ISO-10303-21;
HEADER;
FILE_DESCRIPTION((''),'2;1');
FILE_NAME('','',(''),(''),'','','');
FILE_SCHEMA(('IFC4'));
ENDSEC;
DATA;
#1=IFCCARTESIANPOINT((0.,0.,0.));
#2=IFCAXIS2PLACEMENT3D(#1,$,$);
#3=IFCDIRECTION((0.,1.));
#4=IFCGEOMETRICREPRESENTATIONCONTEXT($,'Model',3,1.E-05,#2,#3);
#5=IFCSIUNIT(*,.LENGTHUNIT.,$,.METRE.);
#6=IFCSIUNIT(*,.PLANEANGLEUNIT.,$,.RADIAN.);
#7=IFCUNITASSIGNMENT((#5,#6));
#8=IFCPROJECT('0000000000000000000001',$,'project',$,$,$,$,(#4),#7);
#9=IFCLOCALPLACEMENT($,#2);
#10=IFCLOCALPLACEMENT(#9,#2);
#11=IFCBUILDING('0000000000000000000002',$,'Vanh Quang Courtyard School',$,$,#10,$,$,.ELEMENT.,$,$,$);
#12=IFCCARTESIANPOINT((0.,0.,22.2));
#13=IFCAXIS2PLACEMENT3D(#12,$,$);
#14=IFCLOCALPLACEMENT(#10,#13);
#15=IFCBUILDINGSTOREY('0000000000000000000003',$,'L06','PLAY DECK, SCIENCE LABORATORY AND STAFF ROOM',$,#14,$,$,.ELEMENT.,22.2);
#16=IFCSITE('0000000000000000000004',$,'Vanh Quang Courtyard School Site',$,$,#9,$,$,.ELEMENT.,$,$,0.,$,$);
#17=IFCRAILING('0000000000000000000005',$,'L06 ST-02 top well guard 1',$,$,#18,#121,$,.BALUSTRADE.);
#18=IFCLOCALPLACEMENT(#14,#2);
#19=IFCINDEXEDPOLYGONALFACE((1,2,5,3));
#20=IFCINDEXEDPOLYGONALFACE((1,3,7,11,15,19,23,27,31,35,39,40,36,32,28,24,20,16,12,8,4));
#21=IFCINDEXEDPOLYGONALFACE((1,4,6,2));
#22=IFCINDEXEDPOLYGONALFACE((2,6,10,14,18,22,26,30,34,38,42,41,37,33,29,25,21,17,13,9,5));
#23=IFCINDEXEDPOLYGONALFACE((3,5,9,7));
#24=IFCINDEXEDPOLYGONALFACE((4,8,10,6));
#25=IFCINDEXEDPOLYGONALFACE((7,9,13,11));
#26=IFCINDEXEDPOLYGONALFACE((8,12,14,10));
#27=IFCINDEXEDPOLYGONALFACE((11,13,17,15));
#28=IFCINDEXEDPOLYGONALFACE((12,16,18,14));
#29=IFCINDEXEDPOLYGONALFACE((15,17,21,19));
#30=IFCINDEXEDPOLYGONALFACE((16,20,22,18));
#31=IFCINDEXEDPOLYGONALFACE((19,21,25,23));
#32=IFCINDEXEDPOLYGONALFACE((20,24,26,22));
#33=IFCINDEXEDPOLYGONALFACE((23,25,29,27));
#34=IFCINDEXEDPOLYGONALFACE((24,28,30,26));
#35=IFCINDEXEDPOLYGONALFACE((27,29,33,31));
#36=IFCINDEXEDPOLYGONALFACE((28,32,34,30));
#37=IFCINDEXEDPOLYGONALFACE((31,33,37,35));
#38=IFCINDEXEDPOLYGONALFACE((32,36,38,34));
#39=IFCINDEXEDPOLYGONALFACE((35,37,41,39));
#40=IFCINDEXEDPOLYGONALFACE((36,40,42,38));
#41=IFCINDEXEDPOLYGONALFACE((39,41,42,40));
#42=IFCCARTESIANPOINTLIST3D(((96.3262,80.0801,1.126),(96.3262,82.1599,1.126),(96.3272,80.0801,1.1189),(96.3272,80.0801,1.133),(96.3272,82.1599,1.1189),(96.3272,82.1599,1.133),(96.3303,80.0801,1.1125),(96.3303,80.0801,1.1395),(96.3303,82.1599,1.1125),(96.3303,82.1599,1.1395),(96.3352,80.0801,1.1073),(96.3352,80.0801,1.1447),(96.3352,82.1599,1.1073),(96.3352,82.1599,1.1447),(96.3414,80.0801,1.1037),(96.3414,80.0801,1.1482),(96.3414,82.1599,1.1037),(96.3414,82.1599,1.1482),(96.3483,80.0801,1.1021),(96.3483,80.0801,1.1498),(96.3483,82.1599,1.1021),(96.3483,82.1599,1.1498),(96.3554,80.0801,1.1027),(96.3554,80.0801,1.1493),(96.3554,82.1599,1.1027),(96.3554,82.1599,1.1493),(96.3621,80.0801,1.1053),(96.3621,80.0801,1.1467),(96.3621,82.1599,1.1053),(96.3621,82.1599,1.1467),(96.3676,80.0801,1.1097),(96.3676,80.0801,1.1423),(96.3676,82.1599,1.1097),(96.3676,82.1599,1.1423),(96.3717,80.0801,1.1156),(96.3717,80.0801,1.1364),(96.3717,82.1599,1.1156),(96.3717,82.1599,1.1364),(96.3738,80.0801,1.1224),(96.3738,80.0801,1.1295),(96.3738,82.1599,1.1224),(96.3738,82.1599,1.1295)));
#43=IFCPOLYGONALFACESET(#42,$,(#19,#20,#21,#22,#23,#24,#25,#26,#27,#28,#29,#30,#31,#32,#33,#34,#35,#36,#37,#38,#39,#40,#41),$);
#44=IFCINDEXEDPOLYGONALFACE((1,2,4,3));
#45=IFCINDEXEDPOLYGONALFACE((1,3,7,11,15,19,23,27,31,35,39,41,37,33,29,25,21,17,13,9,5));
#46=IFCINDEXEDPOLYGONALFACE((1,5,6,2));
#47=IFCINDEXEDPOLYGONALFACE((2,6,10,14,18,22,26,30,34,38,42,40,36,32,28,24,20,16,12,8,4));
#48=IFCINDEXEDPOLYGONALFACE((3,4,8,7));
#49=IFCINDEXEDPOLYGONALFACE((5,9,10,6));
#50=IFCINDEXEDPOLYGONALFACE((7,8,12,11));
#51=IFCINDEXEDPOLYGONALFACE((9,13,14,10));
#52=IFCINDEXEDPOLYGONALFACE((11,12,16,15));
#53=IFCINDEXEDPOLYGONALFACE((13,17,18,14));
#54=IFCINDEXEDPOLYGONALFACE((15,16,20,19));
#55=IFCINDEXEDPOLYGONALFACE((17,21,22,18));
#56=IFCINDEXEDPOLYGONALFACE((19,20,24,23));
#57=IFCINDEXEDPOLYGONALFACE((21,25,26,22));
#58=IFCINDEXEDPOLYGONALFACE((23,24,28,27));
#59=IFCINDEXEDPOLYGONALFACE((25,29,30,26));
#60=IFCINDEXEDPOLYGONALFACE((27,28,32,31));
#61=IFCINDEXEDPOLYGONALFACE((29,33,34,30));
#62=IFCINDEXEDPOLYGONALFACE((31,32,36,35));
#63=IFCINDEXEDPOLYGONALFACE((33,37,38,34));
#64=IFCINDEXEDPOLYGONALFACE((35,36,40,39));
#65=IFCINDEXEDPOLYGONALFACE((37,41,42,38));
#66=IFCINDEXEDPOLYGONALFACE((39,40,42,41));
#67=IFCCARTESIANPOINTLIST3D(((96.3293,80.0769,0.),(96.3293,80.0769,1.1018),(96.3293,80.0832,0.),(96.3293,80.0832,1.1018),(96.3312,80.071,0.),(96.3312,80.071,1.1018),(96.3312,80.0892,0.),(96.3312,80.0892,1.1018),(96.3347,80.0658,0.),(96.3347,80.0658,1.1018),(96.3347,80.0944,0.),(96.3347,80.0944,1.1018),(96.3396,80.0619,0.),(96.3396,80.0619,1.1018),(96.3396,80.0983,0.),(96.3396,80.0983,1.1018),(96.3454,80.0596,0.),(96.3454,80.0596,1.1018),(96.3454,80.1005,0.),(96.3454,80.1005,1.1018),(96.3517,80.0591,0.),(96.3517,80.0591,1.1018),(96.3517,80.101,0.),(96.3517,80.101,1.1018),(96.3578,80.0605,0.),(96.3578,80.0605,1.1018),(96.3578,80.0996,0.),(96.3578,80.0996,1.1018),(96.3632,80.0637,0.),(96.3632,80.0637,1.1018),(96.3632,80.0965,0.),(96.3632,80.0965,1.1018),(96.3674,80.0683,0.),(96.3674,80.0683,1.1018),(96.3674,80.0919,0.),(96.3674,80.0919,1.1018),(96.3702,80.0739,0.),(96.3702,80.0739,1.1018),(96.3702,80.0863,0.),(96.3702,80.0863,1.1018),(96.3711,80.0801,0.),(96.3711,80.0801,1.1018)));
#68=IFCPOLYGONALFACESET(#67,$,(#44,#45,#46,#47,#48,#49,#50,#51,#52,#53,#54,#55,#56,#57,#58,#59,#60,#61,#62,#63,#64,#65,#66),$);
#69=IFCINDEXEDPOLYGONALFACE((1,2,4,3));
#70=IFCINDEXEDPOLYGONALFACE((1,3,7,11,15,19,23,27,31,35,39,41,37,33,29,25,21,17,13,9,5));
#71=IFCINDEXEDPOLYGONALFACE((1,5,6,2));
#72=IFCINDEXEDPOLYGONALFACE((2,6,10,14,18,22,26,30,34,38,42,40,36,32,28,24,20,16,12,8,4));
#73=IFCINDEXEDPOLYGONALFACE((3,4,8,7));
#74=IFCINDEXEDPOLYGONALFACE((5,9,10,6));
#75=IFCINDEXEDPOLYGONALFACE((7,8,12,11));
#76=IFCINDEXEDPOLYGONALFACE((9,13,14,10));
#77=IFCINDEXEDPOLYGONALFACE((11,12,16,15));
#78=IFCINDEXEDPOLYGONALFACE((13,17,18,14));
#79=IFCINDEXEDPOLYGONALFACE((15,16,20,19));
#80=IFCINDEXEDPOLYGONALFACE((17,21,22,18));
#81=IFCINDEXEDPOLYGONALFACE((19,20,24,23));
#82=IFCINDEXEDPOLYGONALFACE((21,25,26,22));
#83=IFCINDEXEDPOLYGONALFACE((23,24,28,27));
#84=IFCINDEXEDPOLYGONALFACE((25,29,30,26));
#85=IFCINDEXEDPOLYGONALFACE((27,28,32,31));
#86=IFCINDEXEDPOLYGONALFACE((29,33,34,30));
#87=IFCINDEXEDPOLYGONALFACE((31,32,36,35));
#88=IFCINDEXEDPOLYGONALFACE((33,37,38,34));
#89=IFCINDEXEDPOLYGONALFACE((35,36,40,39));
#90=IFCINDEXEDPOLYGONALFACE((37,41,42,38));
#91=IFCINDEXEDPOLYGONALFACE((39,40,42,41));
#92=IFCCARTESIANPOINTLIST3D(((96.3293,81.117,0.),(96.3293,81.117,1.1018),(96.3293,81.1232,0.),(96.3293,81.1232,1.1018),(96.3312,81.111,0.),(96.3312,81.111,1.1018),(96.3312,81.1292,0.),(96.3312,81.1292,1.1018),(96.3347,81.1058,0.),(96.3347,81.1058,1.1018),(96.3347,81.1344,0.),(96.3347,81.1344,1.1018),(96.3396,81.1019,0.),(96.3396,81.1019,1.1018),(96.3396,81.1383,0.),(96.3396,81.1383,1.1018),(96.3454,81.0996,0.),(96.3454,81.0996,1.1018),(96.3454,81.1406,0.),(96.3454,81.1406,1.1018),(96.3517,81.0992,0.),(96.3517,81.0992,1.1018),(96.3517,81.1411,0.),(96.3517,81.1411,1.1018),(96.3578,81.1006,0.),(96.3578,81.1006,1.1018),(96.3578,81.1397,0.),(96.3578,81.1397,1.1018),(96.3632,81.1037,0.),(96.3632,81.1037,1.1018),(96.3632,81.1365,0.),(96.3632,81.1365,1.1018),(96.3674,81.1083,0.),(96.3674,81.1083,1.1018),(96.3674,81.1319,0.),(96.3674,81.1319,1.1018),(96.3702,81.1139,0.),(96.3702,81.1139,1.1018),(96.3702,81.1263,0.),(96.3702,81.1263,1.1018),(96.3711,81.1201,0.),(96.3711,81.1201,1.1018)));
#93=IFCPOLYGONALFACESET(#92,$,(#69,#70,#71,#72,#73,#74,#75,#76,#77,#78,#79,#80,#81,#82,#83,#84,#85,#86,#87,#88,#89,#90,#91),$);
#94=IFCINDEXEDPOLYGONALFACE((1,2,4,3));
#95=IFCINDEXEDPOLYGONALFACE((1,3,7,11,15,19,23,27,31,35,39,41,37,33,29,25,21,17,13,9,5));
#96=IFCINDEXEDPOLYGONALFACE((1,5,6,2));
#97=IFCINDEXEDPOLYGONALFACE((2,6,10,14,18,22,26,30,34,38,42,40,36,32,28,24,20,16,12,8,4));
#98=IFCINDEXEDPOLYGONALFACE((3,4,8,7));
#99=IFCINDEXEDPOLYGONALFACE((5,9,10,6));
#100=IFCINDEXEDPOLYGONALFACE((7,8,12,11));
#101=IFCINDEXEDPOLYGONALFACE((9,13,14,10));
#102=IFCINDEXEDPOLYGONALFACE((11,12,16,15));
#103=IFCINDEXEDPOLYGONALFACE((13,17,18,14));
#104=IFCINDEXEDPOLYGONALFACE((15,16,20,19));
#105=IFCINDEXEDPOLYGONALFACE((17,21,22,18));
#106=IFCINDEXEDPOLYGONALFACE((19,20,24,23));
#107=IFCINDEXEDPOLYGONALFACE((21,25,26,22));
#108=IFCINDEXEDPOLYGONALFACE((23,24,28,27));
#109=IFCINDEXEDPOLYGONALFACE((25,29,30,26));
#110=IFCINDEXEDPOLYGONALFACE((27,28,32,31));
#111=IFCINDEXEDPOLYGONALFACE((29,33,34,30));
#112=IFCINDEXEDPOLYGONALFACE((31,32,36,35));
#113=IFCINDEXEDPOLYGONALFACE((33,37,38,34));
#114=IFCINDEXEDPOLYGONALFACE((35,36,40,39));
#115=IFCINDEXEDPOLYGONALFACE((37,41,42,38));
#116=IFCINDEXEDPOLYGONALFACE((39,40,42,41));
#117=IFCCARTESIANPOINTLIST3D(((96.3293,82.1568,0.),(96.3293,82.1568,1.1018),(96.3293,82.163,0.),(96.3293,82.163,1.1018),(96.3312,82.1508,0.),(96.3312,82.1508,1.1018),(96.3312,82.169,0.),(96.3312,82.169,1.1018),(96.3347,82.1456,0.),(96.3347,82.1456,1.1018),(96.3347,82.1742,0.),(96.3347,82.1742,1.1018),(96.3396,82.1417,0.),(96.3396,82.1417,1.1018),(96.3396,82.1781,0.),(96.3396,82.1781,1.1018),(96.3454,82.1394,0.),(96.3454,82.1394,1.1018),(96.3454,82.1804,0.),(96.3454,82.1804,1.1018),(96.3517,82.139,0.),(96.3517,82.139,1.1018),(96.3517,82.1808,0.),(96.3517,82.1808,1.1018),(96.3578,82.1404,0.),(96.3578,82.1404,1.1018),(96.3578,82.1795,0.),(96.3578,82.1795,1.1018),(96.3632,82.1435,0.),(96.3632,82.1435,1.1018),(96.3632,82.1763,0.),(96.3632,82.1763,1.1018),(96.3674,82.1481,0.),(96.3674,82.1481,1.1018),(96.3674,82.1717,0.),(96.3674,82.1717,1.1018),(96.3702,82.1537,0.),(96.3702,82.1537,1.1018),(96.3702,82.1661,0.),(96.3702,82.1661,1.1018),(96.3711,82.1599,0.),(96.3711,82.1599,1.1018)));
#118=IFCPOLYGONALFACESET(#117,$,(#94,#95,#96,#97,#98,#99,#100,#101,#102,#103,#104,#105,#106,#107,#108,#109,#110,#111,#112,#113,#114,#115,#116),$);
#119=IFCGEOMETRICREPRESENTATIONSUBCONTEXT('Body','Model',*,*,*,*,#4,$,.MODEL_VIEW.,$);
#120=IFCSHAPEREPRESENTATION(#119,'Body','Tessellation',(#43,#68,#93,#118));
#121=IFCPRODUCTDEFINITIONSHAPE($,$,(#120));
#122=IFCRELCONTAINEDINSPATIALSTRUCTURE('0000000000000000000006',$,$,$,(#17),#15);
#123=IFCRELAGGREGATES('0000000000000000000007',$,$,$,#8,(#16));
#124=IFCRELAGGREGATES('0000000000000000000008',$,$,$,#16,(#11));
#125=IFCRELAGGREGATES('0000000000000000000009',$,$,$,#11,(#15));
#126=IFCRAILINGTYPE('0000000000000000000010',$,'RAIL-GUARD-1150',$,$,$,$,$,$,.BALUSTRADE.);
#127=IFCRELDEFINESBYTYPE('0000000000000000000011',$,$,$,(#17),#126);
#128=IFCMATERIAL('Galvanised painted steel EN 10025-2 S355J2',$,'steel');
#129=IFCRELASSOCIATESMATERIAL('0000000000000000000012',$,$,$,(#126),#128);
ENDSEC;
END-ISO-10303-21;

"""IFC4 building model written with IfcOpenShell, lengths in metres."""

from ifc_helpers import new_model, si_unit, direction, frame, origin, origin_2d, place, context, subcontext, project, spatial, circle, extrude, material, type_object, element, save


model = new_model("IFC4")

# Units and contexts
model_context = context("Model", 3, precision=1e-05, world=origin(), true_north=direction((0.0, 1.0)))
body_context = subcontext(model_context, "Body", "Model", "MODEL_VIEW")
ifc_project = project(units=[si_unit("LENGTHUNIT", "METRE"), si_unit("PLANEANGLEUNIT", "RADIAN")], contexts=[model_context])

# Site, building, storey
site_placement = place(None, origin())
site = spatial("IfcSite", under=ifc_project, at=site_placement, Name="Vanh Quang Courtyard School Site", CompositionType="ELEMENT", RefElevation=0.0)
building_placement = place(site_placement, origin())
building = spatial("IfcBuilding", under=site, at=building_placement, Name="Vanh Quang Courtyard School", CompositionType="ELEMENT")
storey_placement = place(building_placement, frame((0.0, 0.0, 22.2)))
storey = spatial("IfcBuildingStorey", under=building, at=storey_placement, Name="L06", Description="PLAY DECK, SCIENCE LABORATORY AND STAFF ROOM", CompositionType="ELEMENT", Elevation=22.2)

# Railing
ifc_material_1 = material(Name="Galvanised painted steel EN 10025-2 S355J2", Category="steel")
railing_type = type_object("IfcRailingType", Name="RAIL-GUARD-1150", PredefinedType="BALUSTRADE", material=ifc_material_1)
railing_placement = place(storey_placement, frame((96.3501, 80.0801, 0.0)))
element("IfcRailing", 1, at=railing_placement, inside=storey, type_object=railing_type, Name="L06 ST-02 top well guard 1", PredefinedType="BALUSTRADE", context=body_context, shape_type="SweptSolid", body=[
    extrude(circle(Radius=0.0239, at=origin_2d()), frame((0.0, 0.0, 1.126), z_axis=(0.0, 1.0, 0.0), x_axis=(-1.0, 0.0, 0.0)), (0.0, 0.0, 1.0), 2.0798),
    extrude(circle(Radius=0.021, at=origin_2d()), origin(), (0.0, 0.0, 1.0), 1.1018),
    extrude(circle(Radius=0.021, at=origin_2d()), frame((0.0, 1.04, 0.0)), (0.0, 0.0, 1.0), 1.1018),
    extrude(circle(Radius=0.021, at=origin_2d()), frame((0.0, 2.0798, 0.0)), (0.0, 0.0, 1.0), 1.1018),
])

save(model, "model.ifc")
